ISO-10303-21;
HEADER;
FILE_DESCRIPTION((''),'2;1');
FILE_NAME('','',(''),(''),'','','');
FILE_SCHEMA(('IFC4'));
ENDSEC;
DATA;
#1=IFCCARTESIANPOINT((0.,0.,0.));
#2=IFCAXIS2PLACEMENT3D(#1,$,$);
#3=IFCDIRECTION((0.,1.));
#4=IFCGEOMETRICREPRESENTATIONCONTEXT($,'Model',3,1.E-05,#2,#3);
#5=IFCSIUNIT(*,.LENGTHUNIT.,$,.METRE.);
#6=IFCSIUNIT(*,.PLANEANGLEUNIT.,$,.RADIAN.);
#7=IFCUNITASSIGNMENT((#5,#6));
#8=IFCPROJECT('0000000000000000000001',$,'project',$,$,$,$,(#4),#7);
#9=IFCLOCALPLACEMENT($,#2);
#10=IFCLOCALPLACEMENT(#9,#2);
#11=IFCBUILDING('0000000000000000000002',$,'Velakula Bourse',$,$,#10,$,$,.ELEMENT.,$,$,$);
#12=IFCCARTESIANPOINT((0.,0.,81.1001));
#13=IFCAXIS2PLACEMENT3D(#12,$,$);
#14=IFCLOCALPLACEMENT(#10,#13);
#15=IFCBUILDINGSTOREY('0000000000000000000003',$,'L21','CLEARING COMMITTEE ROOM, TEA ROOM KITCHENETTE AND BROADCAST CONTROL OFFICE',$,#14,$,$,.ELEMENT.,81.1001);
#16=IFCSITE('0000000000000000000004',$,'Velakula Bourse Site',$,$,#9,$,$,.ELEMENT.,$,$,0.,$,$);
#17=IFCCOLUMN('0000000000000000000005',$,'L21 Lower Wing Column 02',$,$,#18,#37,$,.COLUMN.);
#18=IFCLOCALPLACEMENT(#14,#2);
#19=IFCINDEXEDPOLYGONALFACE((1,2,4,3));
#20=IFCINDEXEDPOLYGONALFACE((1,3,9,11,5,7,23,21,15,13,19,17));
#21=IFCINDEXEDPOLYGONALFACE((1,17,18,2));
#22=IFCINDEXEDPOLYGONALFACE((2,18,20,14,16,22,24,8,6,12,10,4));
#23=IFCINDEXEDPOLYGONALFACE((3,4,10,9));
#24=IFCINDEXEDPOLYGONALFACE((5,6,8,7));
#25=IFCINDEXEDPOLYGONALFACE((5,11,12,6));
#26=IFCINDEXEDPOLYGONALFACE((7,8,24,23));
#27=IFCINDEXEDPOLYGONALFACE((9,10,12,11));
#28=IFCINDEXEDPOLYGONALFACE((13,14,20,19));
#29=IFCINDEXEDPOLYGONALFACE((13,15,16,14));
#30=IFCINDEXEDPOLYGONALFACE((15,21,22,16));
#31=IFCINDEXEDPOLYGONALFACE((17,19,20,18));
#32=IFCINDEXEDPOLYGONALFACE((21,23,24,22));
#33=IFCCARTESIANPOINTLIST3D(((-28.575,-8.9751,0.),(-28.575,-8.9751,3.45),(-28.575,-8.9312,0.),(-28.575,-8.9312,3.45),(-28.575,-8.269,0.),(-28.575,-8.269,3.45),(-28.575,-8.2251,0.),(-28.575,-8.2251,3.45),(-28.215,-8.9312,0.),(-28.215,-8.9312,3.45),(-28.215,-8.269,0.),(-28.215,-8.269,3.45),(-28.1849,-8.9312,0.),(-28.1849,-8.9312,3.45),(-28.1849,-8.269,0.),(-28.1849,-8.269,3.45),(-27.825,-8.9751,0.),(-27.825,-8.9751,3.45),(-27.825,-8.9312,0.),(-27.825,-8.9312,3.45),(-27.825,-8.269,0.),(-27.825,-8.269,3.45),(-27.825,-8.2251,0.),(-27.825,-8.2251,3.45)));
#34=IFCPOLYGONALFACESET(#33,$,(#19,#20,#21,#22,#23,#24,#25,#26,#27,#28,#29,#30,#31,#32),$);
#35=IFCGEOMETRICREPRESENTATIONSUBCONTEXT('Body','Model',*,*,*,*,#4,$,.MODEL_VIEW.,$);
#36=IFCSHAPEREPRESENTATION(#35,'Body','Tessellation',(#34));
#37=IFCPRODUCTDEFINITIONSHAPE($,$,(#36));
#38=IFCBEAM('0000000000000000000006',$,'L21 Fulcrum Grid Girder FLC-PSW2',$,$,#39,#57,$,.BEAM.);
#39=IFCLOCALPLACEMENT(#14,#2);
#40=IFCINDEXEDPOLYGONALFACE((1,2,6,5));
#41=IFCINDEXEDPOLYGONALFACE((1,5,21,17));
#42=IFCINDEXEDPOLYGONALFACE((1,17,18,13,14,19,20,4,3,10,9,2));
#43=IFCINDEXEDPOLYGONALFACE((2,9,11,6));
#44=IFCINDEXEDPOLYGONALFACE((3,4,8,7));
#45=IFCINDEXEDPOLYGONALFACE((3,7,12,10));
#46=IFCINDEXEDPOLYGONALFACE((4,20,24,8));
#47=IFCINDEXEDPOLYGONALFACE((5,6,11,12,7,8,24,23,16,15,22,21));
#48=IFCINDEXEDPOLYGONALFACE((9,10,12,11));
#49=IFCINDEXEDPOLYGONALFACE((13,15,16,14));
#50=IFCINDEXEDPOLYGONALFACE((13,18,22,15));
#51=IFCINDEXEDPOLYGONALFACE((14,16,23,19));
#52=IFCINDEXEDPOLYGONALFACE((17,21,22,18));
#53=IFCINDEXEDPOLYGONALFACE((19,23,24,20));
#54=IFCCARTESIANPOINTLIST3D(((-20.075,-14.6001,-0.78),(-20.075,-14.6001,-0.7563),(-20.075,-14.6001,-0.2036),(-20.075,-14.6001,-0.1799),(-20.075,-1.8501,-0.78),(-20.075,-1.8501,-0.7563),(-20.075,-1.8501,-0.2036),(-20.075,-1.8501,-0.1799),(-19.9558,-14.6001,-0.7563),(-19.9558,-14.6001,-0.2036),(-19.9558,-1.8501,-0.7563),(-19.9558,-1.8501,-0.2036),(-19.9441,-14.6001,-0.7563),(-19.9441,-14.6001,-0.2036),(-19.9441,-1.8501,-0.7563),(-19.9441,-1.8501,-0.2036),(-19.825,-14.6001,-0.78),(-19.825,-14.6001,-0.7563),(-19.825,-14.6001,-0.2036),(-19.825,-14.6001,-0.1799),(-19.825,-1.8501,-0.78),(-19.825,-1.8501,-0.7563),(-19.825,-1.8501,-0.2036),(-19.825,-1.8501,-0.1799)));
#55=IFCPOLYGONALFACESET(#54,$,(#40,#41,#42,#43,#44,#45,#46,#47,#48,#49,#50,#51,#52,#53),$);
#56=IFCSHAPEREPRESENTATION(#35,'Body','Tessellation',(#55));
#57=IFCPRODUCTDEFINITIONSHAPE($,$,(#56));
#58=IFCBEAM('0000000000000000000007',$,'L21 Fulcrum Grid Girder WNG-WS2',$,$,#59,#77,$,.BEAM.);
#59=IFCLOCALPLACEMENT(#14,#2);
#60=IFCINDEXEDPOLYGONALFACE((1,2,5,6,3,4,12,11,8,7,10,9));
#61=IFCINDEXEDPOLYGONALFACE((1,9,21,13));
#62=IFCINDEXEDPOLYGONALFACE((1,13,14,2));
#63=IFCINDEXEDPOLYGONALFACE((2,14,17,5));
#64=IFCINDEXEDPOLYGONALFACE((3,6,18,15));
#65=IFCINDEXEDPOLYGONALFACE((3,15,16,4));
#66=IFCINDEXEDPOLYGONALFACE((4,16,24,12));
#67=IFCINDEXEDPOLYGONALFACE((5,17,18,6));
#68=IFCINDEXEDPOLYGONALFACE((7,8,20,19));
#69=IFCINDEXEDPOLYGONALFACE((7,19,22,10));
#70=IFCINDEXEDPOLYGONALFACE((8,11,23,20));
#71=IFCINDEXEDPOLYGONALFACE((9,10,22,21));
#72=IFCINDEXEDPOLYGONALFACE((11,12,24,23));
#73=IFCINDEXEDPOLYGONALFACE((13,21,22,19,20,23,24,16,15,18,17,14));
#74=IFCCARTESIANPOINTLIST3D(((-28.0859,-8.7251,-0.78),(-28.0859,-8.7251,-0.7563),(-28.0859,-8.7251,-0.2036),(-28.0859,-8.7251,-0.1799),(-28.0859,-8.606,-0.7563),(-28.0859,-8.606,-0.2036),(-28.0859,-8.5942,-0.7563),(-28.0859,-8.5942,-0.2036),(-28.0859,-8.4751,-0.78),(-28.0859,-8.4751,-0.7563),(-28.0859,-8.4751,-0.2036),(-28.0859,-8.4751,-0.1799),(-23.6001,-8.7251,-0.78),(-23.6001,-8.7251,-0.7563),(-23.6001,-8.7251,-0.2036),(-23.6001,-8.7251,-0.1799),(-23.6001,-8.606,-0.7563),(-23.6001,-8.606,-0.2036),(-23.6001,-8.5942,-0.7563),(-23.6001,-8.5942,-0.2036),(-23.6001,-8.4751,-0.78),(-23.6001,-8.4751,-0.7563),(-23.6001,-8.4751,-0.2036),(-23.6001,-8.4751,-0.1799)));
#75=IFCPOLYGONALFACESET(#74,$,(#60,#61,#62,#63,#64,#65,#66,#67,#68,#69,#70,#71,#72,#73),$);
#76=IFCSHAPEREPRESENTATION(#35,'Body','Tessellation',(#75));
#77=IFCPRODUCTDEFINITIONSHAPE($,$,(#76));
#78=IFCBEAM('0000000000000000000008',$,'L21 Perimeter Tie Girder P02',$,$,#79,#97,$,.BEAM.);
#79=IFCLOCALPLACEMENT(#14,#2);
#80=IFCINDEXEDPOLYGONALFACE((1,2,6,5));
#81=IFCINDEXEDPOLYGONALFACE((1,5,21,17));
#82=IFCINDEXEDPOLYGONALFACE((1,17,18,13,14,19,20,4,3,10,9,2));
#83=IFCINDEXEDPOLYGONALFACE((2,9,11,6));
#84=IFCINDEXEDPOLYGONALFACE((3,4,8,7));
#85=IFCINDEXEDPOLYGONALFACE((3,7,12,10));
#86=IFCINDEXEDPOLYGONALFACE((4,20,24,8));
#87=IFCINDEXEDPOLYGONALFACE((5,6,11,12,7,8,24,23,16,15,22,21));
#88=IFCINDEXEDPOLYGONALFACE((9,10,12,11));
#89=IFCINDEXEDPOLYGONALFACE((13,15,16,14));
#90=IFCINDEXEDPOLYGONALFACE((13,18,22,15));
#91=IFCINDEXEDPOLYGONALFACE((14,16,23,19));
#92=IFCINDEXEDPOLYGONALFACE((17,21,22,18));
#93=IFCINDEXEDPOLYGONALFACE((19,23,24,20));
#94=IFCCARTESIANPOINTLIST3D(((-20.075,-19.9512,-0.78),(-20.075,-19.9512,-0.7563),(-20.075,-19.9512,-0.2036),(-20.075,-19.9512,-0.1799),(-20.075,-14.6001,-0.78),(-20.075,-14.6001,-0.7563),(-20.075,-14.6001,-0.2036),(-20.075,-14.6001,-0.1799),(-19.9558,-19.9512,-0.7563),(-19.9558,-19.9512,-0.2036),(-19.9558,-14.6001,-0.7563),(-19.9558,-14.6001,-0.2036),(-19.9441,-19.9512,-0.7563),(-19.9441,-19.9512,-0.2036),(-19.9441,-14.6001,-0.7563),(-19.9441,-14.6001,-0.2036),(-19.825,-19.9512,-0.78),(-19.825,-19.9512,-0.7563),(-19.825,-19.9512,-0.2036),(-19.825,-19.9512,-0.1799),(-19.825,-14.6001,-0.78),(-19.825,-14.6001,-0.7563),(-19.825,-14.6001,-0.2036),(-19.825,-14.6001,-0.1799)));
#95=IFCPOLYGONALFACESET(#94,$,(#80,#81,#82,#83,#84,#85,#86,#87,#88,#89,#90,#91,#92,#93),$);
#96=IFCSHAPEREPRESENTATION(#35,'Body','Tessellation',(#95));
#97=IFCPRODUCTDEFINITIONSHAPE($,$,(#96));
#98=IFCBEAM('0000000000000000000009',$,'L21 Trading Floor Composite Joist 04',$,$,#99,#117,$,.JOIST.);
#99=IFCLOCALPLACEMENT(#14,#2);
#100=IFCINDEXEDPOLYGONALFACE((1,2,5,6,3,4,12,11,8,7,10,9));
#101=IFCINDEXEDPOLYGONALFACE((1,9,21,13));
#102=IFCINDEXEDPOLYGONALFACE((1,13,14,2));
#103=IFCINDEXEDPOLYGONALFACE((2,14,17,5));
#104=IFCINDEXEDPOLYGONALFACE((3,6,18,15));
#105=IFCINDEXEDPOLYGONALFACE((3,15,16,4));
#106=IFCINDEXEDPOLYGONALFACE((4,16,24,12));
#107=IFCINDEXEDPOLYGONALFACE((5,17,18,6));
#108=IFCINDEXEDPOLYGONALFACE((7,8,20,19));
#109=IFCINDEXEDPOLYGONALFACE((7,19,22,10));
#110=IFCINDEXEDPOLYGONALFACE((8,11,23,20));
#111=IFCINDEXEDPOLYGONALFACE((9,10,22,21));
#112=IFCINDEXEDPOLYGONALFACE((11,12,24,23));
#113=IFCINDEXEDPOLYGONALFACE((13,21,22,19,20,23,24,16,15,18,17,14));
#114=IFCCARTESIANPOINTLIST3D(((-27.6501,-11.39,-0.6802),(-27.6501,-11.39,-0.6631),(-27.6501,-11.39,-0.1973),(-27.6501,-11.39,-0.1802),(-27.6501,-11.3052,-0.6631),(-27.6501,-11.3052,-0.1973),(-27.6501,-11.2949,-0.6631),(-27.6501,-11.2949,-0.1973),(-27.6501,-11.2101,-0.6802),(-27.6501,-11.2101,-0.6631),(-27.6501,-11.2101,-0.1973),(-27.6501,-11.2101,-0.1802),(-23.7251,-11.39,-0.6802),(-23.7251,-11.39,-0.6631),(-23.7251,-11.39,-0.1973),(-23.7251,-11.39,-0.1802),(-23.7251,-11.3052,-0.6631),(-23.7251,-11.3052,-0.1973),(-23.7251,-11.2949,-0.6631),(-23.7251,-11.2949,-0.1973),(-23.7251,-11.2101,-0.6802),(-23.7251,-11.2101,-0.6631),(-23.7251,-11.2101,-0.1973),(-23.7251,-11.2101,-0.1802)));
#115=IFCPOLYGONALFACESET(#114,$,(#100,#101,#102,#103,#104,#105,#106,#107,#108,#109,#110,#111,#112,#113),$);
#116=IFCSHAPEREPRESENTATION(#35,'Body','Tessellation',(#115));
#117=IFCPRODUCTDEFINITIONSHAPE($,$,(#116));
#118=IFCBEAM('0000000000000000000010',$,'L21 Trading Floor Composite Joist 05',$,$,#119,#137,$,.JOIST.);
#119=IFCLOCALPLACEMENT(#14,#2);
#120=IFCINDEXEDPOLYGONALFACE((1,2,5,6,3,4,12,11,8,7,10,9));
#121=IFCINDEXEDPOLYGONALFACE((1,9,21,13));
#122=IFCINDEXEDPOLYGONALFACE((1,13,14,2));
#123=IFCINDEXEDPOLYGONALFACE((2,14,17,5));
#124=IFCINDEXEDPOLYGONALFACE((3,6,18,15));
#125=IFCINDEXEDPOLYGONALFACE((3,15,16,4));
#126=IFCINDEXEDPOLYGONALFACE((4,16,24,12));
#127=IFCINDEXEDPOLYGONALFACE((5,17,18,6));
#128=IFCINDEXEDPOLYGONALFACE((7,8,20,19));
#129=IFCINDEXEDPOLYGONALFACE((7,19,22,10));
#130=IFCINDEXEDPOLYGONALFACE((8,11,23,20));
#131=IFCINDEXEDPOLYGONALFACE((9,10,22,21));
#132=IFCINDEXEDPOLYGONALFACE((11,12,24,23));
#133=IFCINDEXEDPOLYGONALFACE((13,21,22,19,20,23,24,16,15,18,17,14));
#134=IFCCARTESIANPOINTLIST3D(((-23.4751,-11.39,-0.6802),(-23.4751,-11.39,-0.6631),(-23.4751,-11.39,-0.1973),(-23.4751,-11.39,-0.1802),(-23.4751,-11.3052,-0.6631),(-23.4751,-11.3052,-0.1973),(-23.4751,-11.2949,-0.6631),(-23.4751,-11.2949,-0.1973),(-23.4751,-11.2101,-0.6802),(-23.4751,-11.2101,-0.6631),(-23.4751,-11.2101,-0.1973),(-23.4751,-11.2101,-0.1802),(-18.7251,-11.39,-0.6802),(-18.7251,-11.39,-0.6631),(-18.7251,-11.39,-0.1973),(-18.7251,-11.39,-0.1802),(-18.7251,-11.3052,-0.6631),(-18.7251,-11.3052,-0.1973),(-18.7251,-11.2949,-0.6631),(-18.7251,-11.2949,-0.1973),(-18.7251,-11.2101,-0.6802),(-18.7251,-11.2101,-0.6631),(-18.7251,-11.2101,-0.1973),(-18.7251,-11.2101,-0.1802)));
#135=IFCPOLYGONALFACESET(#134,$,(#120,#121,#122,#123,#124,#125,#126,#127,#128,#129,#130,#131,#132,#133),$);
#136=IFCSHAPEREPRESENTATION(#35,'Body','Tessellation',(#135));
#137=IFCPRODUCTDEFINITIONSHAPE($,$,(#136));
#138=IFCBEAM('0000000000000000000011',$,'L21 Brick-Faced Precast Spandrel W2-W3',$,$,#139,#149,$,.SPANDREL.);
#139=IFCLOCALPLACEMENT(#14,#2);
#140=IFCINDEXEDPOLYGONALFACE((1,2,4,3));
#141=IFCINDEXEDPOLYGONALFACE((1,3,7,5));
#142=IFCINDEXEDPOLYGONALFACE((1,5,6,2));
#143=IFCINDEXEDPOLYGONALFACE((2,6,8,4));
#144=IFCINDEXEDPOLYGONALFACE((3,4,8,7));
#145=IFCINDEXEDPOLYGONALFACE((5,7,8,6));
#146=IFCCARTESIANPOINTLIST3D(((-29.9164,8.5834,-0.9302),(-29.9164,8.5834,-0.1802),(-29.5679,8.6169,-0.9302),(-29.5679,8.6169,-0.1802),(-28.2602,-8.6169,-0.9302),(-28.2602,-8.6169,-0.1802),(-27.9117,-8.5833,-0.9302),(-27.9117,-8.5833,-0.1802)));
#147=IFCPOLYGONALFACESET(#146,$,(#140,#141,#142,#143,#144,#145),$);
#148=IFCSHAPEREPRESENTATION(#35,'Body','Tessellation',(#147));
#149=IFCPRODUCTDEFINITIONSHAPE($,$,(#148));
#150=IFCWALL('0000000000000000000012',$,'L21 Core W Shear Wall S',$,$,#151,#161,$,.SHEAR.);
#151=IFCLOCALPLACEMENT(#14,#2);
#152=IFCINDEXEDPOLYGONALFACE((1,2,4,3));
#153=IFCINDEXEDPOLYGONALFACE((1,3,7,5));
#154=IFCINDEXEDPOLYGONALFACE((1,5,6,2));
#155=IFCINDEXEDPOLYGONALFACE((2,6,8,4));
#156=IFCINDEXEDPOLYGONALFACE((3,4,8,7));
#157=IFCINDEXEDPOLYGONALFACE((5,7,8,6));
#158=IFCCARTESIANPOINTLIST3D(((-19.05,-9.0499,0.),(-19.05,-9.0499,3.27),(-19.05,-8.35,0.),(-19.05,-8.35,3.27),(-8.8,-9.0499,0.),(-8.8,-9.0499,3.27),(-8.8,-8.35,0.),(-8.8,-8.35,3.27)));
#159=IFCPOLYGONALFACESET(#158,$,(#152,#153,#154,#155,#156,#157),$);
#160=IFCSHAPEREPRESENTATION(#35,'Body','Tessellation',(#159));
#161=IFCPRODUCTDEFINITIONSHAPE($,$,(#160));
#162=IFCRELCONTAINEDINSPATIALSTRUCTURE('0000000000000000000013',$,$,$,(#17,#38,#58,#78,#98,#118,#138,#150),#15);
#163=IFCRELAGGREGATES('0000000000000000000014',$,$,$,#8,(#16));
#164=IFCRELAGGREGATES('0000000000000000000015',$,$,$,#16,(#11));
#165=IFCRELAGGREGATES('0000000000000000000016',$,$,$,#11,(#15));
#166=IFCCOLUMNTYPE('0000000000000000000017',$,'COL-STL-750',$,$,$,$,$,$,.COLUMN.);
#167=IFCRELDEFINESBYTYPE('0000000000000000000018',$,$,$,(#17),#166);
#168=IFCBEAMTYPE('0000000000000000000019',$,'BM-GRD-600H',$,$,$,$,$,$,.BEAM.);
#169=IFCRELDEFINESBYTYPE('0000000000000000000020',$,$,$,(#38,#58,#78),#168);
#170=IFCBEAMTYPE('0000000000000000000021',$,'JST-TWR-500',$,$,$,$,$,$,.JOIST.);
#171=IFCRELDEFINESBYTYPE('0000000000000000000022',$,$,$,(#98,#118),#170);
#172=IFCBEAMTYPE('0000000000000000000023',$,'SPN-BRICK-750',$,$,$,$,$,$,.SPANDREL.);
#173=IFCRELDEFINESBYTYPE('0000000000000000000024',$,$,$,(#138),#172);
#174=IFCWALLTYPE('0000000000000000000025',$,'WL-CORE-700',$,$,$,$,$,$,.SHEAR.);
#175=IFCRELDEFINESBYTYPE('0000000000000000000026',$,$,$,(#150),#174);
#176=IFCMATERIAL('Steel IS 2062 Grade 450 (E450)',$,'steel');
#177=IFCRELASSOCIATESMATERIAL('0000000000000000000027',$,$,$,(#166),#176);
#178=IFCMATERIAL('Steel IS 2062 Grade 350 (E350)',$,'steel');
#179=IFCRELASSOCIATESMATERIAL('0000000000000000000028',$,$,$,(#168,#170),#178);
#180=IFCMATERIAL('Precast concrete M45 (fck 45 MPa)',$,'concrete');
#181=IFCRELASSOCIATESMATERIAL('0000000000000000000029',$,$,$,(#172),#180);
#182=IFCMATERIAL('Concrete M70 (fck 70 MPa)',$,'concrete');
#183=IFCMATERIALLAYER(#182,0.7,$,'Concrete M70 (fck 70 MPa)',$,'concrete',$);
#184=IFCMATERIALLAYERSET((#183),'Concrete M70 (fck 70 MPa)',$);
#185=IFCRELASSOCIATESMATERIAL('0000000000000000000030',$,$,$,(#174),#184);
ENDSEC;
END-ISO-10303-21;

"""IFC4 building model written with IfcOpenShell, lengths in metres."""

from ifc_helpers import new_model, si_unit, direction, frame, frame_2d, origin, origin_2d, place, context, subcontext, project, spatial, rectangle, i_section, extrude, material, layer, layer_set, material_profile, profile_set, type_object, element, save


model = new_model("IFC4")

# Units and contexts
model_context = context("Model", 3, precision=1e-05, world=origin(), true_north=direction((0.0, 1.0)))
body_context = subcontext(model_context, "Body", "Model", "MODEL_VIEW")
ifc_project = project(units=[si_unit("LENGTHUNIT", "METRE"), si_unit("PLANEANGLEUNIT", "RADIAN")], contexts=[model_context])

# Site, building, storey
site_placement = place(None, origin())
site = spatial("IfcSite", under=ifc_project, at=site_placement, Name="Velakula Bourse Site", CompositionType="ELEMENT", RefElevation=0.0)
building_placement = place(site_placement, origin())
building = spatial("IfcBuilding", under=site, at=building_placement, Name="Velakula Bourse", CompositionType="ELEMENT")
storey_placement = place(building_placement, frame((0.0, 0.0, 81.1001)))
storey = spatial("IfcBuildingStorey", under=building, at=storey_placement, Name="L21", Description="CLEARING COMMITTEE ROOM, TEA ROOM KITCHENETTE AND BROADCAST CONTROL OFFICE", CompositionType="ELEMENT", Elevation=81.1001)

# Column
ifc_material_1 = material(Name="Steel IS 2062 Grade 450 (E450)", Category="steel")
ifc_material_profile_1 = material_profile(ifc_material_1, i_section(OverallWidth=0.75, OverallDepth=0.75, WebThickness=0.03, FlangeThickness=0.0439, at=origin_2d()), Name="Steel IS 2062 Grade 450 (E450)")
ifc_profile_set_1 = profile_set([ifc_material_profile_1], Name="Steel IS 2062 Grade 450 (E450)")
column_type = type_object("IfcColumnType", Name="COL-STL-750", PredefinedType="COLUMN", material=ifc_profile_set_1)
column_placement = place(storey_placement, frame((-28.2, -8.6001, 0.0), z_axis=(0.0, 0.0, 1.0), x_axis=(1.0, 0.0, 0.0)))
element("IfcColumn", 1, at=column_placement, inside=storey, type_object=column_type, Name="L21 Lower Wing Column 02", PredefinedType="COLUMN", context=body_context, shape_type="SweptSolid", body=[
    extrude(i_section(OverallWidth=0.75, OverallDepth=0.75, WebThickness=0.03, FlangeThickness=0.0439, at=origin_2d()), origin(), (0.0, 0.0, 1.0), 3.45),
])

# Beams
ifc_material_2 = material(Name="Steel IS 2062 Grade 350 (E350)", Category="steel")
ifc_material_profile_2 = material_profile(ifc_material_2, i_section(OverallWidth=0.25, OverallDepth=0.6001, WebThickness=0.0117, FlangeThickness=0.0237, at=origin_2d()), Name="Steel IS 2062 Grade 350 (E350)")
ifc_profile_set_2 = profile_set([ifc_material_profile_2], Name="Steel IS 2062 Grade 350 (E350)")
beam_type_1 = type_object("IfcBeamType", Name="BM-GRD-600H", PredefinedType="BEAM", material=ifc_profile_set_2)
beam_1_placement = place(storey_placement, frame((-19.95, -14.6001, -0.48), z_axis=(0.0, 1.0, 0.0), x_axis=(-1.0, 0.0, 0.0)))
element("IfcBeam", 2, at=beam_1_placement, inside=storey, type_object=beam_type_1, Name="L21 Fulcrum Grid Girder FLC-PSW2", PredefinedType="BEAM", context=body_context, shape_type="SweptSolid", body=[
    extrude(i_section(OverallWidth=0.25, OverallDepth=0.6001, WebThickness=0.0117, FlangeThickness=0.0237, at=origin_2d()), origin(), (0.0, 0.0, 1.0), 12.75),
])
beam_2_placement = place(storey_placement, frame((-28.0859, -8.6001, -0.48), z_axis=(1.0, 0.0, 0.0), x_axis=(0.0, 1.0, 0.0)))
element("IfcBeam", 3, at=beam_2_placement, inside=storey, type_object=beam_type_1, Name="L21 Fulcrum Grid Girder WNG-WS2", PredefinedType="BEAM", context=body_context, shape_type="SweptSolid", body=[
    extrude(i_section(OverallWidth=0.25, OverallDepth=0.6001, WebThickness=0.0117, FlangeThickness=0.0237, at=origin_2d()), origin(), (0.0, 0.0, 1.0), 4.4858),
])
beam_3_placement = place(storey_placement, frame((-19.95, -14.6001, -0.48), z_axis=(0.0, -1.0, 0.0), x_axis=(1.0, 0.0, 0.0)))
element("IfcBeam", 4, at=beam_3_placement, inside=storey, type_object=beam_type_1, Name="L21 Perimeter Tie Girder P02", PredefinedType="BEAM", context=body_context, shape_type="SweptSolid", body=[
    extrude(i_section(OverallWidth=0.25, OverallDepth=0.6001, WebThickness=0.0117, FlangeThickness=0.0237, at=origin_2d()), origin(), (0.0, 0.0, 1.0), 5.3511),
])
ifc_material_profile_3 = material_profile(ifc_material_2, i_section(OverallWidth=0.1799, OverallDepth=0.5, WebThickness=0.0103, FlangeThickness=0.0171, at=origin_2d()), Name="Steel IS 2062 Grade 350 (E350)")
ifc_profile_set_3 = profile_set([ifc_material_profile_3], Name="Steel IS 2062 Grade 350 (E350)")
beam_type_2 = type_object("IfcBeamType", Name="JST-TWR-500", PredefinedType="JOIST", material=ifc_profile_set_3)
beam_4_placement = place(storey_placement, frame((-27.6501, -11.3, -0.4302), z_axis=(1.0, 0.0, 0.0), x_axis=(0.0, 1.0, 0.0)))
element("IfcBeam", 5, at=beam_4_placement, inside=storey, type_object=beam_type_2, Name="L21 Trading Floor Composite Joist 04", PredefinedType="JOIST", context=body_context, shape_type="SweptSolid", body=[
    extrude(i_section(OverallWidth=0.1799, OverallDepth=0.5, WebThickness=0.0103, FlangeThickness=0.0171, at=origin_2d()), origin(), (0.0, 0.0, 1.0), 3.925),
])
beam_5_placement = place(storey_placement, frame((-23.4751, -11.3, -0.4302), z_axis=(1.0, 0.0, 0.0), x_axis=(0.0, 1.0, 0.0)))
element("IfcBeam", 6, at=beam_5_placement, inside=storey, type_object=beam_type_2, Name="L21 Trading Floor Composite Joist 05", PredefinedType="JOIST", context=body_context, shape_type="SweptSolid", body=[
    extrude(i_section(OverallWidth=0.1799, OverallDepth=0.5, WebThickness=0.0103, FlangeThickness=0.0171, at=origin_2d()), origin(), (0.0, 0.0, 1.0), 4.75),
])
ifc_material_3 = material(Name="Precast concrete M45 (fck 45 MPa)", Category="concrete")
ifc_material_profile_4 = material_profile(ifc_material_3, rectangle(XDim=0.3501, YDim=0.75, at=origin_2d()), Name="Precast concrete M45 (fck 45 MPa)")
ifc_profile_set_4 = profile_set([ifc_material_profile_4], Name="Precast concrete M45 (fck 45 MPa)")
beam_type_3 = type_object("IfcBeamType", Name="SPN-BRICK-750", PredefinedType="SPANDREL", material=ifc_profile_set_4)
beam_6_placement = place(storey_placement, frame((-28.0859, -8.6001, -0.5552), z_axis=(-0.095849, 0.995396, 0.0), x_axis=(-0.995396, -0.095849, 0.0)))
element("IfcBeam", 7, at=beam_6_placement, inside=storey, type_object=beam_type_3, Name="L21 Brick-Faced Precast Spandrel W2-W3", PredefinedType="SPANDREL", context=body_context, shape_type="SweptSolid", body=[
    extrude(rectangle(XDim=0.3501, YDim=0.75, at=origin_2d()), origin(), (0.0, 0.0, 1.0), 17.2798),
])

# Wall
ifc_material_4 = material(Name="Concrete M70 (fck 70 MPa)", Category="concrete")
ifc_layer_1 = layer(ifc_material_4, 0.7, Name="Concrete M70 (fck 70 MPa)", Category="concrete")
ifc_layer_set_1 = layer_set([ifc_layer_1], Name="Concrete M70 (fck 70 MPa)")
wall_type_1 = type_object("IfcWallType", Name="WL-CORE-700", PredefinedType="SHEAR", material=ifc_layer_set_1)
wall_1_placement = place(storey_placement, frame((-19.05, -8.7, 0.0), z_axis=(0.0, 0.0, 1.0), x_axis=(1.0, 0.0, 0.0)))
element("IfcWall", 8, at=wall_1_placement, inside=storey, type_object=wall_type_1, Name="L21 Core W Shear Wall S", PredefinedType="SHEAR", context=body_context, shape_type="SweptSolid", body=[
    extrude(rectangle(XDim=10.25, YDim=0.7, at=frame_2d((5.125, 0.0))), origin(), (0.0, 0.0, 1.0), 3.27),
])

save(model, "model.ifc")
